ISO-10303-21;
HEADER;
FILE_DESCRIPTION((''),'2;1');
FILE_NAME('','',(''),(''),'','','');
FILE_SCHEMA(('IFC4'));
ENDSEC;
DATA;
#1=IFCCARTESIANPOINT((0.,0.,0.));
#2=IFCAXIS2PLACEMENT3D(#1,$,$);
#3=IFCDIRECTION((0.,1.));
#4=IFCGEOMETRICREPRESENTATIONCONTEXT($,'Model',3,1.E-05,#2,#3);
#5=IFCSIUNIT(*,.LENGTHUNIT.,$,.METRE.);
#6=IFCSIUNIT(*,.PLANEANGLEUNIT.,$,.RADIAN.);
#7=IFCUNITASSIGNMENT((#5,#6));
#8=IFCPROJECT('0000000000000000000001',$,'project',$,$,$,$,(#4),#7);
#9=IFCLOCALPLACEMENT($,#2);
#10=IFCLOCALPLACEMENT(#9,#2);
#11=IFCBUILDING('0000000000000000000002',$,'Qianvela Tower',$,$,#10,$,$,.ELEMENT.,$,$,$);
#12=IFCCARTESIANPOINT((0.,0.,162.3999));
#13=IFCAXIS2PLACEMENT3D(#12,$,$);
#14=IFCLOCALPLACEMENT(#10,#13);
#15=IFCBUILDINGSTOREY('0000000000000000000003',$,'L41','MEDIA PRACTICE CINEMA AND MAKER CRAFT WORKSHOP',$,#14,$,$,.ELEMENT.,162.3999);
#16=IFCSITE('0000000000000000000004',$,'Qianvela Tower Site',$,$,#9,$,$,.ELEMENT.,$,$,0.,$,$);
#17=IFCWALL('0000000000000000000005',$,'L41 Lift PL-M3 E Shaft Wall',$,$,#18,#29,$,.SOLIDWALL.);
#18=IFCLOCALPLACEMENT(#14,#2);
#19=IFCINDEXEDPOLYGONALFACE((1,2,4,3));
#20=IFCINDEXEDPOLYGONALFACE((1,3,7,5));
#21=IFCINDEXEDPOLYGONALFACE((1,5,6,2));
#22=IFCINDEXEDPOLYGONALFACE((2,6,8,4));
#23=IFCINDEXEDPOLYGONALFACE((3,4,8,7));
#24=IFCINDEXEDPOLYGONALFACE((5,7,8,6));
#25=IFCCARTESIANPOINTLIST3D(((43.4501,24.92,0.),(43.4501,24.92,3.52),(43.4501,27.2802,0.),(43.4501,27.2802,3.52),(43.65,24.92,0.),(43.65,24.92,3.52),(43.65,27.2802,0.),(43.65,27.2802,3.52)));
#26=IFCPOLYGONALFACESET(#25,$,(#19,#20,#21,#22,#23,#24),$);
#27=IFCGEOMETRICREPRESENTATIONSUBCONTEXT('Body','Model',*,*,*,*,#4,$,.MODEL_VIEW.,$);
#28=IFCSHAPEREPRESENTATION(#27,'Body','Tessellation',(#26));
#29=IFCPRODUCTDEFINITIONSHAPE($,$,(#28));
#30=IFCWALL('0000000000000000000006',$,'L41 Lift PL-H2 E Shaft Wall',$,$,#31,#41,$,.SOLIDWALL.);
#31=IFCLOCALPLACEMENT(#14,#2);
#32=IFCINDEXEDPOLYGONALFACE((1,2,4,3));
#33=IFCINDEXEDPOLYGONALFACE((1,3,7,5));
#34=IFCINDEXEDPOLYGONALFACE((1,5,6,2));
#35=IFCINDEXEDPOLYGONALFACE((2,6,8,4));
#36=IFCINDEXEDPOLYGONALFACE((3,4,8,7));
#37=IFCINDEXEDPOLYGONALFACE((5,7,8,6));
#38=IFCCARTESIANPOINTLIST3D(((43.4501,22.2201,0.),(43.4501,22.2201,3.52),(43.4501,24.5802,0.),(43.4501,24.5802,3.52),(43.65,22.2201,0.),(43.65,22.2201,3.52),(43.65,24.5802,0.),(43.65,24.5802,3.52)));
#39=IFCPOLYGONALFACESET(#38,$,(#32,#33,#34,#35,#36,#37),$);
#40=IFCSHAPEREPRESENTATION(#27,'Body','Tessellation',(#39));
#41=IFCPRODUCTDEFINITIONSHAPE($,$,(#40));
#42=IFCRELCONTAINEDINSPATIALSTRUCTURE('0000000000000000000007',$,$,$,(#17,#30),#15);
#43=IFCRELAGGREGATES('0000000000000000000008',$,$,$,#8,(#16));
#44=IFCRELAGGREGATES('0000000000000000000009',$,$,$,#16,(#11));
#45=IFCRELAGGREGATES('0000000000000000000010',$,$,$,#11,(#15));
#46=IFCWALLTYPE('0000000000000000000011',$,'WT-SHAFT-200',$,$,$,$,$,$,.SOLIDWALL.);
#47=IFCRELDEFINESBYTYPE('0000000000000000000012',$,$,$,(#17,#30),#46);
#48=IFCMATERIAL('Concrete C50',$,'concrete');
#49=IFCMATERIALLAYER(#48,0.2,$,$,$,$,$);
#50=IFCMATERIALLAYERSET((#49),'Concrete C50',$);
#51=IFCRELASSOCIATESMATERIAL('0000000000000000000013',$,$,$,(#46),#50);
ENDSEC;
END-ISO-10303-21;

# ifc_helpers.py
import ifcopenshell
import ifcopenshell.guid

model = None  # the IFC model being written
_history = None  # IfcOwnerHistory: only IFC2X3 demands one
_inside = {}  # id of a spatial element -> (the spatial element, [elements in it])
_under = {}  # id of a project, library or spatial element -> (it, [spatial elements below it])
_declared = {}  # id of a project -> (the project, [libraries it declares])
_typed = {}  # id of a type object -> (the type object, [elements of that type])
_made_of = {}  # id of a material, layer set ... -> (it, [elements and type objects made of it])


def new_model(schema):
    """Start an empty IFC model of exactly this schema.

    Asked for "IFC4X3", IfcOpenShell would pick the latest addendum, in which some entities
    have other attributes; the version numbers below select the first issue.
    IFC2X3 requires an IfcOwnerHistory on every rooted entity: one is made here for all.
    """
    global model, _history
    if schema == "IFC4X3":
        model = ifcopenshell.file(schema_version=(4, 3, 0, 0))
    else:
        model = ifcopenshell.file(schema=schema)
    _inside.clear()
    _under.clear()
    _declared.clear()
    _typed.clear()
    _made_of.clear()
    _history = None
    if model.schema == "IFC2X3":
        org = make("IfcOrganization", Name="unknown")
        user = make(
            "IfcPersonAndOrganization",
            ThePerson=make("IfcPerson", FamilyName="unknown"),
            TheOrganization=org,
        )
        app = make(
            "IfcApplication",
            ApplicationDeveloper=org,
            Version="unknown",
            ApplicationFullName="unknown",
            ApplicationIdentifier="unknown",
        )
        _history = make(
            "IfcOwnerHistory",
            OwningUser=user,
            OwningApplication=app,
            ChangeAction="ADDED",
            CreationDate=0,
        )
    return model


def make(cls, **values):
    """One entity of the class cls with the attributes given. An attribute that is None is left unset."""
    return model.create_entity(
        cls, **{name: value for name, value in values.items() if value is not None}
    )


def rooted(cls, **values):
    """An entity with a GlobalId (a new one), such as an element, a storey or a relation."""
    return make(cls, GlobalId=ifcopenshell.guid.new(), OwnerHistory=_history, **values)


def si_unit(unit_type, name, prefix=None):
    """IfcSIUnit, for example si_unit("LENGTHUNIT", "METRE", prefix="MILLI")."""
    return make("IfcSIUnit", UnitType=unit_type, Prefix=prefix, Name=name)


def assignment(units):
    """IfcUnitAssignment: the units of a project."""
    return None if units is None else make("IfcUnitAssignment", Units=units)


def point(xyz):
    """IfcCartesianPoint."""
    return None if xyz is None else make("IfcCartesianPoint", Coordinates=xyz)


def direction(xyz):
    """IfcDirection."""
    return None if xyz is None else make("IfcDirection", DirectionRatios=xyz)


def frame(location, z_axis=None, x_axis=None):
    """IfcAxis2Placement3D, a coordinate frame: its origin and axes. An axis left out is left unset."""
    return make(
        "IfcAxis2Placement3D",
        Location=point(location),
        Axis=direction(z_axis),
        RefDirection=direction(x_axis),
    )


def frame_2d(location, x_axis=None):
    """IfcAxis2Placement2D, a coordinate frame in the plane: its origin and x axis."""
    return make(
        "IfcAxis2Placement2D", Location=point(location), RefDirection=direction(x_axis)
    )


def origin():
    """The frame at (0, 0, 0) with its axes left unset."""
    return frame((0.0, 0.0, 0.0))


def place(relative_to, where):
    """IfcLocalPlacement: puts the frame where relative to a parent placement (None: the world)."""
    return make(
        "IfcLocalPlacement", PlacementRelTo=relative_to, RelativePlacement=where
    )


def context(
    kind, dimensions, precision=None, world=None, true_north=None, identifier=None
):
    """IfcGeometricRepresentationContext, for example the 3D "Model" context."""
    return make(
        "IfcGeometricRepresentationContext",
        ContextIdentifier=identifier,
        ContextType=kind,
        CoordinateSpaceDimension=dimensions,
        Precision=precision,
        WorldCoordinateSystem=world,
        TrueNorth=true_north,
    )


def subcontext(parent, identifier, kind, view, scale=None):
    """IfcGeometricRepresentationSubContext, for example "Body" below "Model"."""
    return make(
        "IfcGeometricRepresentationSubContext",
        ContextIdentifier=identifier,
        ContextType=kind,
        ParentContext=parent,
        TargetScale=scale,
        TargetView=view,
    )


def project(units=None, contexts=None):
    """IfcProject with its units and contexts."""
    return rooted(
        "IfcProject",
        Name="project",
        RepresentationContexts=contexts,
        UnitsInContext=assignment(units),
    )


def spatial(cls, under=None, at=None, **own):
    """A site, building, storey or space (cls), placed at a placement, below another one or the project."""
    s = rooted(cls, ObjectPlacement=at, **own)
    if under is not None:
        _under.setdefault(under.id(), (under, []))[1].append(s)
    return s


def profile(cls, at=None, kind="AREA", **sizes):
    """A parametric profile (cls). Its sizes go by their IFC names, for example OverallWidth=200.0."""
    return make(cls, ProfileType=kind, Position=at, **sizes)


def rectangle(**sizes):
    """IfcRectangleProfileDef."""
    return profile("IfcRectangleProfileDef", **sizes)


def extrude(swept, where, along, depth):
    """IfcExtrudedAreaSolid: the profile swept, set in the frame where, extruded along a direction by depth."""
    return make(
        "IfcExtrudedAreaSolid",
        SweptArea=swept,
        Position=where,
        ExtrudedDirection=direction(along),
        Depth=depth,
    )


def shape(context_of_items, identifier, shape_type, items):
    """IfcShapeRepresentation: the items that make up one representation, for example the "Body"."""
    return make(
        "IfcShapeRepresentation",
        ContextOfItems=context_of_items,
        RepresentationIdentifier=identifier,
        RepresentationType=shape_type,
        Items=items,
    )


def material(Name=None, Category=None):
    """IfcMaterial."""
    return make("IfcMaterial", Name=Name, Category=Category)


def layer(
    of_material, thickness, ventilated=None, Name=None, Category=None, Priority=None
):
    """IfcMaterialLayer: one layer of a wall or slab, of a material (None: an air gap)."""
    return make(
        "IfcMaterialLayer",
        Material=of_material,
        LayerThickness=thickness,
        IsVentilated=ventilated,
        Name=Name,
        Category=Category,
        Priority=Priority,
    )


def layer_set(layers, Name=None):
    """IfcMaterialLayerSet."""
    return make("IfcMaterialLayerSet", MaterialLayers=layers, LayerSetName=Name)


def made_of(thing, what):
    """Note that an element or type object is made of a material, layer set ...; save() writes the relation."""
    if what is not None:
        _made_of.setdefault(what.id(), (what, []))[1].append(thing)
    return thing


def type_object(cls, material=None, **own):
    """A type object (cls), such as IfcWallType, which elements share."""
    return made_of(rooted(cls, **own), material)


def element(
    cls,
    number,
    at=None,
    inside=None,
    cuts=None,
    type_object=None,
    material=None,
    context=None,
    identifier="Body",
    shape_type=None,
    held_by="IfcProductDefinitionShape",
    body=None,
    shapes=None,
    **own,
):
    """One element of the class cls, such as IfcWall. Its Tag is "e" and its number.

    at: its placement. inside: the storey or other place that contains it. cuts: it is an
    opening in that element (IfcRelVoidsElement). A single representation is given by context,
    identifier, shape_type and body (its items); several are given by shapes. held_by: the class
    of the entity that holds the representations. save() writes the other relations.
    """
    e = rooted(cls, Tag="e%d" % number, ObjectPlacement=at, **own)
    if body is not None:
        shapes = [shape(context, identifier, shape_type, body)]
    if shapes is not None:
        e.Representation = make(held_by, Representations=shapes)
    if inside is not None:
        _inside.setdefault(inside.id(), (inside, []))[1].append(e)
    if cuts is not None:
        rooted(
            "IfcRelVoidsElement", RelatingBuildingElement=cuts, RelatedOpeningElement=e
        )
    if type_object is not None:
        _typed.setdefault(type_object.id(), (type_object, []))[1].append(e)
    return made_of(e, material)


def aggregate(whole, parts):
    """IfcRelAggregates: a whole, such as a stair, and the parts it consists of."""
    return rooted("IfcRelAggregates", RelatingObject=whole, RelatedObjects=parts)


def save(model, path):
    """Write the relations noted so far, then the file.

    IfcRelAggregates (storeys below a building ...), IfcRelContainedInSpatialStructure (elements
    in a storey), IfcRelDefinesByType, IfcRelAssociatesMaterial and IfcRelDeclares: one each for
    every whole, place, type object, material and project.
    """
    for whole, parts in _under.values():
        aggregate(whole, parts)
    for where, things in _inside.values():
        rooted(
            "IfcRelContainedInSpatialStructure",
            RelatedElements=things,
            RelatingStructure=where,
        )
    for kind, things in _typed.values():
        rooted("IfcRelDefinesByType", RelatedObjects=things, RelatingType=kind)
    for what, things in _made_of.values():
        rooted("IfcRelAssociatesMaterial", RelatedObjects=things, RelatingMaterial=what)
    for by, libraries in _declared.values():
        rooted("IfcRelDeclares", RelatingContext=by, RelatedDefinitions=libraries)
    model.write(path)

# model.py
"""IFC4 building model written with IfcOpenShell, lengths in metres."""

from ifc_helpers import new_model, si_unit, direction, frame, frame_2d, origin, place, context, subcontext, project, spatial, rectangle, extrude, material, layer, layer_set, type_object, element, save


model = new_model("IFC4")

# Units and contexts
model_context = context("Model", 3, precision=1e-05, world=origin(), true_north=direction((0.0, 1.0)))
body_context = subcontext(model_context, "Body", "Model", "MODEL_VIEW")
ifc_project = project(units=[si_unit("LENGTHUNIT", "METRE"), si_unit("PLANEANGLEUNIT", "RADIAN")], contexts=[model_context])

# Site, building, storey
site_placement = place(None, origin())
site = spatial("IfcSite", under=ifc_project, at=site_placement, Name="Qianvela Tower Site", CompositionType="ELEMENT", RefElevation=0.0)
building_placement = place(site_placement, origin())
building = spatial("IfcBuilding", under=site, at=building_placement, Name="Qianvela Tower", CompositionType="ELEMENT")
storey_placement = place(building_placement, frame((0.0, 0.0, 162.3999)))
storey = spatial("IfcBuildingStorey", under=building, at=storey_placement, Name="L41", Description="MEDIA PRACTICE CINEMA AND MAKER CRAFT WORKSHOP", CompositionType="ELEMENT", Elevation=162.3999)

# Walls
ifc_material_1 = material(Name="Concrete C50", Category="concrete")
ifc_layer_1 = layer(ifc_material_1, 0.2)
ifc_layer_set_1 = layer_set([ifc_layer_1], Name="Concrete C50")
wall_type_1 = type_object("IfcWallType", Name="WT-SHAFT-200", PredefinedType="SOLIDWALL", material=ifc_layer_set_1)
for number, where, z_axis, x_axis, name in (
    (1, (43.55, 24.9199, 0.0), (0.0, 0.0, 1.0), (0.0, 1.0, 0.0), "L41 Lift PL-M3 E Shaft Wall"),
    (2, (43.55, 22.22, 0.0), (0.0, 0.0, 1.0), (0.0, 1.0, 0.0), "L41 Lift PL-H2 E Shaft Wall"),
):
    element("IfcWall", number, at=place(storey_placement, frame(where, z_axis=z_axis, x_axis=x_axis)), inside=storey, type_object=wall_type_1, Name=name, PredefinedType="SOLIDWALL", context=body_context, shape_type="SweptSolid", body=[
        extrude(rectangle(XDim=2.3601, YDim=0.2, at=frame_2d((1.1802, 0.0))), origin(), (0.0, 0.0, 1.0), 3.52),
    ])

save(model, "model.ifc")
